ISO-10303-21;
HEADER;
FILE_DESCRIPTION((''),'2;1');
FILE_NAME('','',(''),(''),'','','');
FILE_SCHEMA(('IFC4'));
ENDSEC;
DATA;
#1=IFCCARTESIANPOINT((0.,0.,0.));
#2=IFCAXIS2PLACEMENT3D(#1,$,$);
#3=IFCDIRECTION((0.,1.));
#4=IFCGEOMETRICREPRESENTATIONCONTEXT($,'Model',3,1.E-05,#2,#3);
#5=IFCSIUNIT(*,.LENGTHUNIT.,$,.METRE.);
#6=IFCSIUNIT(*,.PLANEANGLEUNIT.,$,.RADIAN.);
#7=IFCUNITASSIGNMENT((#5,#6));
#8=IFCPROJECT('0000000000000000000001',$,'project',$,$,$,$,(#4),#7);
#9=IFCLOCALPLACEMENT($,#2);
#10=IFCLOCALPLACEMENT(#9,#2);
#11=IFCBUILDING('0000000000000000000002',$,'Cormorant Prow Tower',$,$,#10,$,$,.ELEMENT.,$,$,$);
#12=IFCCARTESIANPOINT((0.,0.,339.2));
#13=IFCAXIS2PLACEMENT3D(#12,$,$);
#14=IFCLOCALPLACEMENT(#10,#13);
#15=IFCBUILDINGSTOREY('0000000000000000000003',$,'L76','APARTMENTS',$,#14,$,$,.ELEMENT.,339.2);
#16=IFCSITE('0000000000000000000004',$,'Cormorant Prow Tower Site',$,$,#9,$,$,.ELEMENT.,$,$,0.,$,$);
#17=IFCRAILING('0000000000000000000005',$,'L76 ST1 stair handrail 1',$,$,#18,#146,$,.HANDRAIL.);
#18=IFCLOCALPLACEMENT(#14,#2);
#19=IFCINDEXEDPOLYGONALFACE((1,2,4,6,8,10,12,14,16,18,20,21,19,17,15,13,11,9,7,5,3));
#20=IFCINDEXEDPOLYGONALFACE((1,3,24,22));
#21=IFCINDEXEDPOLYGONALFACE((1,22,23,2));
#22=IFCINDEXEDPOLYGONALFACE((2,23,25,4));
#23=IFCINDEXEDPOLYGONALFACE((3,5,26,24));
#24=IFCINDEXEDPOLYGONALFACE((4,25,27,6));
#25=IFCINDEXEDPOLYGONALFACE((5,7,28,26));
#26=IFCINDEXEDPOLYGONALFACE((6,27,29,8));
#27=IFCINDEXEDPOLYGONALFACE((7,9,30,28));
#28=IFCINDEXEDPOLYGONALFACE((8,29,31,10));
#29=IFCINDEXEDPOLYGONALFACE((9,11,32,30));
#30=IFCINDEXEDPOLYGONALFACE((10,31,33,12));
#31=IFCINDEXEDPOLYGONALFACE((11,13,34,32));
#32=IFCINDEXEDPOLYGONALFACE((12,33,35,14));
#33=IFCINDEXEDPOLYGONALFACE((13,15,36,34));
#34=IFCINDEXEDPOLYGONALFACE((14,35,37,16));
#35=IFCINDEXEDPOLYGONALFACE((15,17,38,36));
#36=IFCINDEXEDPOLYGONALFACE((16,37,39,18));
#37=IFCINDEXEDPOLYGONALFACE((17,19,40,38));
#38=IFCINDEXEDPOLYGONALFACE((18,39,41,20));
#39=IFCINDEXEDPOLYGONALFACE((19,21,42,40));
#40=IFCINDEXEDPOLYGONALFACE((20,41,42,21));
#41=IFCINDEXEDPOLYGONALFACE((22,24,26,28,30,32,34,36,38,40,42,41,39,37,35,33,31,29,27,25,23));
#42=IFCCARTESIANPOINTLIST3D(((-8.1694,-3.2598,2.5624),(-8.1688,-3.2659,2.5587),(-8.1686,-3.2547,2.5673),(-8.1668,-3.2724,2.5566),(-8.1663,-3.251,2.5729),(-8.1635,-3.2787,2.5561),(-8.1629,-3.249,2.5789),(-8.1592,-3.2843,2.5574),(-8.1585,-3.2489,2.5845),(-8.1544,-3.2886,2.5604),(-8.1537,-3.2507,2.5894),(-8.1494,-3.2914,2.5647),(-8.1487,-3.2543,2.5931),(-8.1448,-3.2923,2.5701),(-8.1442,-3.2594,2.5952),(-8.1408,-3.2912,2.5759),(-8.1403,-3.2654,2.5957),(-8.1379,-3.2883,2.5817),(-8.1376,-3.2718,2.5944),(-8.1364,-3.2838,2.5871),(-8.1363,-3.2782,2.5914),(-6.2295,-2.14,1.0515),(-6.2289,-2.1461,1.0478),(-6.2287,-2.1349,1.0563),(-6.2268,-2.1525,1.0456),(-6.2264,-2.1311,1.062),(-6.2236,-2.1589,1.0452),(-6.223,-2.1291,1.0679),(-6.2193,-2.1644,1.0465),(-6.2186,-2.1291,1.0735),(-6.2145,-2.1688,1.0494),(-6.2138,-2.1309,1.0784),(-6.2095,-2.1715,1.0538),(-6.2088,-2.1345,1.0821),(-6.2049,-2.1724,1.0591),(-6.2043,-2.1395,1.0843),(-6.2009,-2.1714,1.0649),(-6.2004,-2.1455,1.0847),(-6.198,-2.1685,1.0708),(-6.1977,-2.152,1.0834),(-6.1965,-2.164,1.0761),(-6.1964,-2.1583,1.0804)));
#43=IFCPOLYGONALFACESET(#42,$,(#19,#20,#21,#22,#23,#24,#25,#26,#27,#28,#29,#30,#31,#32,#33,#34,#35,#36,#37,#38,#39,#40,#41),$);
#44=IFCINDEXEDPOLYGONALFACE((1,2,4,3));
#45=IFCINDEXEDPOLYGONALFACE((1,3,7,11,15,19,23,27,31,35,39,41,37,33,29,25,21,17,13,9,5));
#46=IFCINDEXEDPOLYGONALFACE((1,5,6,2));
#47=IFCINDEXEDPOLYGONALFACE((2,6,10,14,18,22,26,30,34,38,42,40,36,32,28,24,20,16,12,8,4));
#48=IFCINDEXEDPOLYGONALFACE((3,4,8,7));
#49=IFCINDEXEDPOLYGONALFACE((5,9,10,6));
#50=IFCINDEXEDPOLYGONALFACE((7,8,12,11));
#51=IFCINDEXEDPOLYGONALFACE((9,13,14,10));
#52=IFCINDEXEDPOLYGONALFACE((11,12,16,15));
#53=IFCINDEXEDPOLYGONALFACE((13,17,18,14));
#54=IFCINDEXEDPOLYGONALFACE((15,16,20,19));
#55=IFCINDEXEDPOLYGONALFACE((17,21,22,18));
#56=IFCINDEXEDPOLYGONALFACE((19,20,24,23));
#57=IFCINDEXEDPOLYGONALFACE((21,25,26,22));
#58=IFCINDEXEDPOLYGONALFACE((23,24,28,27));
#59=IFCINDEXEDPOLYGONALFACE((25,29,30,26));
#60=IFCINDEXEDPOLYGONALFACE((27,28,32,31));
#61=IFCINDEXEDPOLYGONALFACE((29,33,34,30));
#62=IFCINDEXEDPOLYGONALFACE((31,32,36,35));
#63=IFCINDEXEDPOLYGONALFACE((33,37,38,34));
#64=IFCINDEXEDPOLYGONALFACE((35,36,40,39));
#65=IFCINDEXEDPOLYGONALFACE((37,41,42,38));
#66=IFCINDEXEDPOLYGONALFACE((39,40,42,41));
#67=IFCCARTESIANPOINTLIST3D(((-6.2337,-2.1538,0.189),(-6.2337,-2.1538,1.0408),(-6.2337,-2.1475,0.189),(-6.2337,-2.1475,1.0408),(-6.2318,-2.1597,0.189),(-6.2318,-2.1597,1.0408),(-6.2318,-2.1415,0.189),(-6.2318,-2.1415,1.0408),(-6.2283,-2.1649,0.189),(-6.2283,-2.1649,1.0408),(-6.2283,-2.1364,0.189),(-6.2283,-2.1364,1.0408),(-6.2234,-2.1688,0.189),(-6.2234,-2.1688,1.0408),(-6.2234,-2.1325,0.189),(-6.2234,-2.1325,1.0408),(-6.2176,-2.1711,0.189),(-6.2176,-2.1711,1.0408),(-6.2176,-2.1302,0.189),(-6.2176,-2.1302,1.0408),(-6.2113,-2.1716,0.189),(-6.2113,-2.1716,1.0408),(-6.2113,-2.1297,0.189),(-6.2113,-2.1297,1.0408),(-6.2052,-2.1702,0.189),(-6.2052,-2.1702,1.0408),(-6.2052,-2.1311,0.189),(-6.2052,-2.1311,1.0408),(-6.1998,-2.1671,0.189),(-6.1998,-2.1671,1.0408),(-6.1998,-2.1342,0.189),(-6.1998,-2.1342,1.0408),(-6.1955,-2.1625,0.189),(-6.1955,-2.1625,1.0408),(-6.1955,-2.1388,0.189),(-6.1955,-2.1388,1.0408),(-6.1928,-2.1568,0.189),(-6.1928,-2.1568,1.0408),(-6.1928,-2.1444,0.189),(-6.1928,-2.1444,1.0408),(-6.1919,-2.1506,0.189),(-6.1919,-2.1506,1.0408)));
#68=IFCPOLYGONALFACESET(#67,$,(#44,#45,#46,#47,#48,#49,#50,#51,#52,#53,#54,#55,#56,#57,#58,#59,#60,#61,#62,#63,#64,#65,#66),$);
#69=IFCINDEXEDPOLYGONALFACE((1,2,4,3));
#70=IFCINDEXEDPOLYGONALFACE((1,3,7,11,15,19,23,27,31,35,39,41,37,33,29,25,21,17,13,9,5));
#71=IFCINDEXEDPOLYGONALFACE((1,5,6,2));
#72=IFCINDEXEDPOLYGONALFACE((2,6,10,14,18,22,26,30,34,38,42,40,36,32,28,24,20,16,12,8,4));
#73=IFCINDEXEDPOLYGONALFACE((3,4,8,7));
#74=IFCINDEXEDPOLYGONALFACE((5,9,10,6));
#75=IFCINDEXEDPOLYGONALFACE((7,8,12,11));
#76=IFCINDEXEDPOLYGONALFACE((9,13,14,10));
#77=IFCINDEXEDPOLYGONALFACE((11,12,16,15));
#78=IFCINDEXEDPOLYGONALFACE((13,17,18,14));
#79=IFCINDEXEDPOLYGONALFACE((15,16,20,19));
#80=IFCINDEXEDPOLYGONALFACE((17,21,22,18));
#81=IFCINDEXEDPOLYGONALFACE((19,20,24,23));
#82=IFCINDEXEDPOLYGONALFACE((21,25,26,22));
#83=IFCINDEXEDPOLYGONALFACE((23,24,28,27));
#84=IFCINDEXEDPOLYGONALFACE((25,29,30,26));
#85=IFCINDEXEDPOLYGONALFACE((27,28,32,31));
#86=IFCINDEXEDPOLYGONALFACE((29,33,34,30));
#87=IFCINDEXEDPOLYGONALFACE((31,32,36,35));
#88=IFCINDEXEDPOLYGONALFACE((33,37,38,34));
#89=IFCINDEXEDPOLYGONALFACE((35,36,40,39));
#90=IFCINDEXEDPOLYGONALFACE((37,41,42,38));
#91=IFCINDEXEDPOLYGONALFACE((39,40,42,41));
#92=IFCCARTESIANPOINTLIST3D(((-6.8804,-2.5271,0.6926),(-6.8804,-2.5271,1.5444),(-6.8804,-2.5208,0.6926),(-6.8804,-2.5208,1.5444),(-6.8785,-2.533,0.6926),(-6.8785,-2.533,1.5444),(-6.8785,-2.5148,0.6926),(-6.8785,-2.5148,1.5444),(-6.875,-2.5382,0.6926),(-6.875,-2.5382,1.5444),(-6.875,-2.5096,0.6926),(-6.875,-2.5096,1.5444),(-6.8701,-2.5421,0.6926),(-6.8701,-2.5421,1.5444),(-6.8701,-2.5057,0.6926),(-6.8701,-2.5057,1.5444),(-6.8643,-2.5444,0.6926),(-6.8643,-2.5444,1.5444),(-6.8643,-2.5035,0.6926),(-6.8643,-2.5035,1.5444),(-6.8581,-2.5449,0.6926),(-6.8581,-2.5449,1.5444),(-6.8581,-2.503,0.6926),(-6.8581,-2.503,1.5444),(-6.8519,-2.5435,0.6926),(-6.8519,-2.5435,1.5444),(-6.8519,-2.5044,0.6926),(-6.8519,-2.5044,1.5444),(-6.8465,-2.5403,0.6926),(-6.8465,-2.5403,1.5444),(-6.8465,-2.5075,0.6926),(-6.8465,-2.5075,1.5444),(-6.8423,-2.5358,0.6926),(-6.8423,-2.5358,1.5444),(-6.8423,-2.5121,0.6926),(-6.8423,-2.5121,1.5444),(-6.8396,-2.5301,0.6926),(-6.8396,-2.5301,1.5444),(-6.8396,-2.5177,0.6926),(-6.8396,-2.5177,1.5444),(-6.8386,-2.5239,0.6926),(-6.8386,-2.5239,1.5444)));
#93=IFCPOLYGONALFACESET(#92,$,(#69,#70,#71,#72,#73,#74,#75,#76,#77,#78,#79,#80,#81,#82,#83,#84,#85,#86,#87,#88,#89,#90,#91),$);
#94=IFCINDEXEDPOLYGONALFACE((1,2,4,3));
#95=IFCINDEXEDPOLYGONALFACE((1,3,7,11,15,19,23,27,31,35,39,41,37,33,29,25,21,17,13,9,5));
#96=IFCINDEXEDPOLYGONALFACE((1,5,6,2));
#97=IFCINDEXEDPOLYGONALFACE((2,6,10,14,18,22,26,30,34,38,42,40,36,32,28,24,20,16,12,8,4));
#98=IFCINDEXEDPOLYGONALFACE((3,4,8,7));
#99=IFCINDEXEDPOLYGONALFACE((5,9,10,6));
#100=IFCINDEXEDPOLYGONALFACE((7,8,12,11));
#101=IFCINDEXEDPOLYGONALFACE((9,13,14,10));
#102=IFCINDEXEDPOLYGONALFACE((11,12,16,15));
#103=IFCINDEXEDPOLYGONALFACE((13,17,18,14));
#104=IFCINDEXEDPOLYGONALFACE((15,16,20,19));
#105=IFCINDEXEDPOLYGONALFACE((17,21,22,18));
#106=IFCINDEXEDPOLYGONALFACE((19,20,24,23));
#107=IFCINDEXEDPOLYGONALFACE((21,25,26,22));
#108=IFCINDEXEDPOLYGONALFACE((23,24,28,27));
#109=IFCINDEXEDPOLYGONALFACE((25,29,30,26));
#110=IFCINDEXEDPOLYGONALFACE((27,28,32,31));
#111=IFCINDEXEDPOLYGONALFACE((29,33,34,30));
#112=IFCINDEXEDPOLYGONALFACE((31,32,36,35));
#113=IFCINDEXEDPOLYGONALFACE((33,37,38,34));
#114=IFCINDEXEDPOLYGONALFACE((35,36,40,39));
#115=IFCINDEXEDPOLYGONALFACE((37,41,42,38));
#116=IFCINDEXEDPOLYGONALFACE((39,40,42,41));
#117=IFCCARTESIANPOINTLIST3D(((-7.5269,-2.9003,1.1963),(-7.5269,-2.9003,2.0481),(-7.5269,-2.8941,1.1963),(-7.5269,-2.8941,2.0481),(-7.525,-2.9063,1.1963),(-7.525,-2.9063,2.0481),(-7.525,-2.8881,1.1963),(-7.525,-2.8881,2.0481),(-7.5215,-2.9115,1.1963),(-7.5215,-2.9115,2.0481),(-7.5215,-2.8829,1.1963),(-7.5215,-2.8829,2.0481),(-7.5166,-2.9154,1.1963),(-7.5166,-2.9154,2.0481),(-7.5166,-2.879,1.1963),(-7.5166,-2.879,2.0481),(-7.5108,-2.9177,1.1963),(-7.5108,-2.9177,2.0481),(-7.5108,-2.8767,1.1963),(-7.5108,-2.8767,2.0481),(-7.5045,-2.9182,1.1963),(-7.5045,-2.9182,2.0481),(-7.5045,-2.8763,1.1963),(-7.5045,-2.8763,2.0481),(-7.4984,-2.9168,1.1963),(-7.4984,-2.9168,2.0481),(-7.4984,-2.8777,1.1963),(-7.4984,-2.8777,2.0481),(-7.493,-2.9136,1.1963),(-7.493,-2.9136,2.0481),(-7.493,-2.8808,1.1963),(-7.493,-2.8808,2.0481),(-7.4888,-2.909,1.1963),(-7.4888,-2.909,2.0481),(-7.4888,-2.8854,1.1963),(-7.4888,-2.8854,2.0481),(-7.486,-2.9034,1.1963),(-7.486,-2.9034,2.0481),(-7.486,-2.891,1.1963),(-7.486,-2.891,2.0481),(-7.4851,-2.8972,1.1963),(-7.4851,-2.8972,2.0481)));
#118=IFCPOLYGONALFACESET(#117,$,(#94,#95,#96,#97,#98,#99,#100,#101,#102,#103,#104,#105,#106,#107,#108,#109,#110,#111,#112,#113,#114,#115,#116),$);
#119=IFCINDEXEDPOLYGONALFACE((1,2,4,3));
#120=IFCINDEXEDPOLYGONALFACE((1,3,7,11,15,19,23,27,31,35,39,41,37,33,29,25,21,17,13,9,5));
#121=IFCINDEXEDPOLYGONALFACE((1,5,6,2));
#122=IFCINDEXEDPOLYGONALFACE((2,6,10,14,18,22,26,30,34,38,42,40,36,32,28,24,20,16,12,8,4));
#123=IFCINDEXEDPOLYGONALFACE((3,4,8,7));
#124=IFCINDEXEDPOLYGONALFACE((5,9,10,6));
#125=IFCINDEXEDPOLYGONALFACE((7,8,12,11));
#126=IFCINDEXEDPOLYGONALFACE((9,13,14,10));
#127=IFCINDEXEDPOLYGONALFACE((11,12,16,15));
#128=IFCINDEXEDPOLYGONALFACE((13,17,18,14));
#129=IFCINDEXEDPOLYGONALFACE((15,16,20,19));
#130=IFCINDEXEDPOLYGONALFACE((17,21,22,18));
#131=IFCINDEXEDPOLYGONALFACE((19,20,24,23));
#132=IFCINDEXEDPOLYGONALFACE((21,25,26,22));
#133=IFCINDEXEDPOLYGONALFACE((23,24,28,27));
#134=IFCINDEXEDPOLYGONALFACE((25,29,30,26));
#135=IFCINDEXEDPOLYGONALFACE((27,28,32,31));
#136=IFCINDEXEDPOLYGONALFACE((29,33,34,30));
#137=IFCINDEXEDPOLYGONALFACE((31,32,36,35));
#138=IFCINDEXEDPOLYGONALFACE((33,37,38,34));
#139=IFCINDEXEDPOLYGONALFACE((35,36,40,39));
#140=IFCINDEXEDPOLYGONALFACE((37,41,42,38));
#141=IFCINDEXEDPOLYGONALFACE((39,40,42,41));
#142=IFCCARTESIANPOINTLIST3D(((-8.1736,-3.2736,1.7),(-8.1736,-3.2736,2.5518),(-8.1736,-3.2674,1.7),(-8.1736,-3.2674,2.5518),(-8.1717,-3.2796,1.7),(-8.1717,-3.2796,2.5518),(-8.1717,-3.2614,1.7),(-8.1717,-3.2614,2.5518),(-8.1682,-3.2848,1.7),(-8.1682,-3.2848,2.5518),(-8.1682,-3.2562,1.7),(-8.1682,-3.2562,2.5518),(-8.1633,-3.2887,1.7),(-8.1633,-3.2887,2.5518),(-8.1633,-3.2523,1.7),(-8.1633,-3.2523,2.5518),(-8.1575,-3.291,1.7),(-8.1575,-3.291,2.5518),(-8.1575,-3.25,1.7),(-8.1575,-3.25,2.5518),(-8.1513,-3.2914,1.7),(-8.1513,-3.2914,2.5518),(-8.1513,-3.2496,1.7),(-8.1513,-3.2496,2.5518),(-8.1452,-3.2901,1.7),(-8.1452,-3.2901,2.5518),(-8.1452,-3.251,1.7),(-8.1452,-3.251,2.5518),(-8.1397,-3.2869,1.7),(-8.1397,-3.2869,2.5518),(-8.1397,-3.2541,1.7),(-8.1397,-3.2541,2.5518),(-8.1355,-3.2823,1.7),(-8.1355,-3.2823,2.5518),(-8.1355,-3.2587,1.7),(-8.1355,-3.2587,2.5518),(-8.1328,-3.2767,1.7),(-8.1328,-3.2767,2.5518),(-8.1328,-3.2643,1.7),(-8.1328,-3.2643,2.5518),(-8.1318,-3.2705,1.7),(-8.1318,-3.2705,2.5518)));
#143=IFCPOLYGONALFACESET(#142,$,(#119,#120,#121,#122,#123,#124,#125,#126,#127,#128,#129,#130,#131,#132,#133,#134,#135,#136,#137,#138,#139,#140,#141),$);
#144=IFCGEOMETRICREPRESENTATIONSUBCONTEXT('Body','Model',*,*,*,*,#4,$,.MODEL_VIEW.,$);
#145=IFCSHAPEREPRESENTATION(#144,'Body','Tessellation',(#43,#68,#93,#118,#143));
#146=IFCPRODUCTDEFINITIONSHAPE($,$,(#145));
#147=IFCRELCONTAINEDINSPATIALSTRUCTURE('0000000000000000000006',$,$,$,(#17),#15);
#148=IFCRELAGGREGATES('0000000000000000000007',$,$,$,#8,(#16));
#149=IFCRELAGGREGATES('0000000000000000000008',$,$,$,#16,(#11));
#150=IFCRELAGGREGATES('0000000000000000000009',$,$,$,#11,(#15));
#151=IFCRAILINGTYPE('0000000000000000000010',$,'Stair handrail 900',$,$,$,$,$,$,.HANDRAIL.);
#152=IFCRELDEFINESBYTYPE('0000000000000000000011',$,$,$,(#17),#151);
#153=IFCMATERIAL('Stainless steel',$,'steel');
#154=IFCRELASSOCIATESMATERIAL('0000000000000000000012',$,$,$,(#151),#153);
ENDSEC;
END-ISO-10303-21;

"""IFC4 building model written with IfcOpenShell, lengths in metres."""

from ifc_helpers import new_model, si_unit, direction, frame, origin, origin_2d, place, context, subcontext, project, spatial, circle, extrude, material, type_object, element, save


model = new_model("IFC4")

# Units and contexts
model_context = context("Model", 3, precision=1e-05, world=origin(), true_north=direction((0.0, 1.0)))
body_context = subcontext(model_context, "Body", "Model", "MODEL_VIEW")
ifc_project = project(units=[si_unit("LENGTHUNIT", "METRE"), si_unit("PLANEANGLEUNIT", "RADIAN")], contexts=[model_context])

# Site, building, storey
site_placement = place(None, origin())
site = spatial("IfcSite", under=ifc_project, at=site_placement, Name="Cormorant Prow Tower Site", CompositionType="ELEMENT", RefElevation=0.0)
building_placement = place(site_placement, origin())
building = spatial("IfcBuilding", under=site, at=building_placement, Name="Cormorant Prow Tower", CompositionType="ELEMENT")
storey_placement = place(building_placement, frame((0.0, 0.0, 339.2)))
storey = spatial("IfcBuildingStorey", under=building, at=storey_placement, Name="L76", Description="APARTMENTS", CompositionType="ELEMENT", Elevation=339.2)

# Railing
ifc_material_1 = material(Name="Stainless steel", Category="steel")
railing_type_1 = type_object("IfcRailingType", Name="Stair handrail 900", PredefinedType="HANDRAIL", material=ifc_material_1)
railing_1_placement = place(storey_placement, frame((-6.2129, -2.1506, 0.189)))
element("IfcRailing", 1, at=railing_1_placement, inside=storey, type_object=railing_type_1, Name="L76 ST1 stair handrail 1", PredefinedType="HANDRAIL", context=body_context, shape_type="SweptSolid", body=[
    extrude(circle(Radius=0.0239, at=origin_2d()), frame((0.0, 0.0, 0.876), z_axis=(-0.717977, -0.414467, 0.559219), x_axis=(0.499949, -0.866055, 0.0)), (0.0, 0.0, 1.0), 2.7019),
    extrude(circle(Radius=0.021, at=origin_2d()), origin(), (0.0, 0.0, 1.0), 0.8518),
    extrude(circle(Radius=0.021, at=origin_2d()), frame((-0.6467, -0.3733, 0.5037)), (0.0, 0.0, 1.0), 0.8518),
    extrude(circle(Radius=0.021, at=origin_2d()), frame((-1.2932, -0.7466, 1.0073)), (0.0, 0.0, 1.0), 0.8518),
    extrude(circle(Radius=0.021, at=origin_2d()), frame((-1.9399, -1.1199, 1.511)), (0.0, 0.0, 1.0), 0.8518),
])

save(model, "model.ifc")
